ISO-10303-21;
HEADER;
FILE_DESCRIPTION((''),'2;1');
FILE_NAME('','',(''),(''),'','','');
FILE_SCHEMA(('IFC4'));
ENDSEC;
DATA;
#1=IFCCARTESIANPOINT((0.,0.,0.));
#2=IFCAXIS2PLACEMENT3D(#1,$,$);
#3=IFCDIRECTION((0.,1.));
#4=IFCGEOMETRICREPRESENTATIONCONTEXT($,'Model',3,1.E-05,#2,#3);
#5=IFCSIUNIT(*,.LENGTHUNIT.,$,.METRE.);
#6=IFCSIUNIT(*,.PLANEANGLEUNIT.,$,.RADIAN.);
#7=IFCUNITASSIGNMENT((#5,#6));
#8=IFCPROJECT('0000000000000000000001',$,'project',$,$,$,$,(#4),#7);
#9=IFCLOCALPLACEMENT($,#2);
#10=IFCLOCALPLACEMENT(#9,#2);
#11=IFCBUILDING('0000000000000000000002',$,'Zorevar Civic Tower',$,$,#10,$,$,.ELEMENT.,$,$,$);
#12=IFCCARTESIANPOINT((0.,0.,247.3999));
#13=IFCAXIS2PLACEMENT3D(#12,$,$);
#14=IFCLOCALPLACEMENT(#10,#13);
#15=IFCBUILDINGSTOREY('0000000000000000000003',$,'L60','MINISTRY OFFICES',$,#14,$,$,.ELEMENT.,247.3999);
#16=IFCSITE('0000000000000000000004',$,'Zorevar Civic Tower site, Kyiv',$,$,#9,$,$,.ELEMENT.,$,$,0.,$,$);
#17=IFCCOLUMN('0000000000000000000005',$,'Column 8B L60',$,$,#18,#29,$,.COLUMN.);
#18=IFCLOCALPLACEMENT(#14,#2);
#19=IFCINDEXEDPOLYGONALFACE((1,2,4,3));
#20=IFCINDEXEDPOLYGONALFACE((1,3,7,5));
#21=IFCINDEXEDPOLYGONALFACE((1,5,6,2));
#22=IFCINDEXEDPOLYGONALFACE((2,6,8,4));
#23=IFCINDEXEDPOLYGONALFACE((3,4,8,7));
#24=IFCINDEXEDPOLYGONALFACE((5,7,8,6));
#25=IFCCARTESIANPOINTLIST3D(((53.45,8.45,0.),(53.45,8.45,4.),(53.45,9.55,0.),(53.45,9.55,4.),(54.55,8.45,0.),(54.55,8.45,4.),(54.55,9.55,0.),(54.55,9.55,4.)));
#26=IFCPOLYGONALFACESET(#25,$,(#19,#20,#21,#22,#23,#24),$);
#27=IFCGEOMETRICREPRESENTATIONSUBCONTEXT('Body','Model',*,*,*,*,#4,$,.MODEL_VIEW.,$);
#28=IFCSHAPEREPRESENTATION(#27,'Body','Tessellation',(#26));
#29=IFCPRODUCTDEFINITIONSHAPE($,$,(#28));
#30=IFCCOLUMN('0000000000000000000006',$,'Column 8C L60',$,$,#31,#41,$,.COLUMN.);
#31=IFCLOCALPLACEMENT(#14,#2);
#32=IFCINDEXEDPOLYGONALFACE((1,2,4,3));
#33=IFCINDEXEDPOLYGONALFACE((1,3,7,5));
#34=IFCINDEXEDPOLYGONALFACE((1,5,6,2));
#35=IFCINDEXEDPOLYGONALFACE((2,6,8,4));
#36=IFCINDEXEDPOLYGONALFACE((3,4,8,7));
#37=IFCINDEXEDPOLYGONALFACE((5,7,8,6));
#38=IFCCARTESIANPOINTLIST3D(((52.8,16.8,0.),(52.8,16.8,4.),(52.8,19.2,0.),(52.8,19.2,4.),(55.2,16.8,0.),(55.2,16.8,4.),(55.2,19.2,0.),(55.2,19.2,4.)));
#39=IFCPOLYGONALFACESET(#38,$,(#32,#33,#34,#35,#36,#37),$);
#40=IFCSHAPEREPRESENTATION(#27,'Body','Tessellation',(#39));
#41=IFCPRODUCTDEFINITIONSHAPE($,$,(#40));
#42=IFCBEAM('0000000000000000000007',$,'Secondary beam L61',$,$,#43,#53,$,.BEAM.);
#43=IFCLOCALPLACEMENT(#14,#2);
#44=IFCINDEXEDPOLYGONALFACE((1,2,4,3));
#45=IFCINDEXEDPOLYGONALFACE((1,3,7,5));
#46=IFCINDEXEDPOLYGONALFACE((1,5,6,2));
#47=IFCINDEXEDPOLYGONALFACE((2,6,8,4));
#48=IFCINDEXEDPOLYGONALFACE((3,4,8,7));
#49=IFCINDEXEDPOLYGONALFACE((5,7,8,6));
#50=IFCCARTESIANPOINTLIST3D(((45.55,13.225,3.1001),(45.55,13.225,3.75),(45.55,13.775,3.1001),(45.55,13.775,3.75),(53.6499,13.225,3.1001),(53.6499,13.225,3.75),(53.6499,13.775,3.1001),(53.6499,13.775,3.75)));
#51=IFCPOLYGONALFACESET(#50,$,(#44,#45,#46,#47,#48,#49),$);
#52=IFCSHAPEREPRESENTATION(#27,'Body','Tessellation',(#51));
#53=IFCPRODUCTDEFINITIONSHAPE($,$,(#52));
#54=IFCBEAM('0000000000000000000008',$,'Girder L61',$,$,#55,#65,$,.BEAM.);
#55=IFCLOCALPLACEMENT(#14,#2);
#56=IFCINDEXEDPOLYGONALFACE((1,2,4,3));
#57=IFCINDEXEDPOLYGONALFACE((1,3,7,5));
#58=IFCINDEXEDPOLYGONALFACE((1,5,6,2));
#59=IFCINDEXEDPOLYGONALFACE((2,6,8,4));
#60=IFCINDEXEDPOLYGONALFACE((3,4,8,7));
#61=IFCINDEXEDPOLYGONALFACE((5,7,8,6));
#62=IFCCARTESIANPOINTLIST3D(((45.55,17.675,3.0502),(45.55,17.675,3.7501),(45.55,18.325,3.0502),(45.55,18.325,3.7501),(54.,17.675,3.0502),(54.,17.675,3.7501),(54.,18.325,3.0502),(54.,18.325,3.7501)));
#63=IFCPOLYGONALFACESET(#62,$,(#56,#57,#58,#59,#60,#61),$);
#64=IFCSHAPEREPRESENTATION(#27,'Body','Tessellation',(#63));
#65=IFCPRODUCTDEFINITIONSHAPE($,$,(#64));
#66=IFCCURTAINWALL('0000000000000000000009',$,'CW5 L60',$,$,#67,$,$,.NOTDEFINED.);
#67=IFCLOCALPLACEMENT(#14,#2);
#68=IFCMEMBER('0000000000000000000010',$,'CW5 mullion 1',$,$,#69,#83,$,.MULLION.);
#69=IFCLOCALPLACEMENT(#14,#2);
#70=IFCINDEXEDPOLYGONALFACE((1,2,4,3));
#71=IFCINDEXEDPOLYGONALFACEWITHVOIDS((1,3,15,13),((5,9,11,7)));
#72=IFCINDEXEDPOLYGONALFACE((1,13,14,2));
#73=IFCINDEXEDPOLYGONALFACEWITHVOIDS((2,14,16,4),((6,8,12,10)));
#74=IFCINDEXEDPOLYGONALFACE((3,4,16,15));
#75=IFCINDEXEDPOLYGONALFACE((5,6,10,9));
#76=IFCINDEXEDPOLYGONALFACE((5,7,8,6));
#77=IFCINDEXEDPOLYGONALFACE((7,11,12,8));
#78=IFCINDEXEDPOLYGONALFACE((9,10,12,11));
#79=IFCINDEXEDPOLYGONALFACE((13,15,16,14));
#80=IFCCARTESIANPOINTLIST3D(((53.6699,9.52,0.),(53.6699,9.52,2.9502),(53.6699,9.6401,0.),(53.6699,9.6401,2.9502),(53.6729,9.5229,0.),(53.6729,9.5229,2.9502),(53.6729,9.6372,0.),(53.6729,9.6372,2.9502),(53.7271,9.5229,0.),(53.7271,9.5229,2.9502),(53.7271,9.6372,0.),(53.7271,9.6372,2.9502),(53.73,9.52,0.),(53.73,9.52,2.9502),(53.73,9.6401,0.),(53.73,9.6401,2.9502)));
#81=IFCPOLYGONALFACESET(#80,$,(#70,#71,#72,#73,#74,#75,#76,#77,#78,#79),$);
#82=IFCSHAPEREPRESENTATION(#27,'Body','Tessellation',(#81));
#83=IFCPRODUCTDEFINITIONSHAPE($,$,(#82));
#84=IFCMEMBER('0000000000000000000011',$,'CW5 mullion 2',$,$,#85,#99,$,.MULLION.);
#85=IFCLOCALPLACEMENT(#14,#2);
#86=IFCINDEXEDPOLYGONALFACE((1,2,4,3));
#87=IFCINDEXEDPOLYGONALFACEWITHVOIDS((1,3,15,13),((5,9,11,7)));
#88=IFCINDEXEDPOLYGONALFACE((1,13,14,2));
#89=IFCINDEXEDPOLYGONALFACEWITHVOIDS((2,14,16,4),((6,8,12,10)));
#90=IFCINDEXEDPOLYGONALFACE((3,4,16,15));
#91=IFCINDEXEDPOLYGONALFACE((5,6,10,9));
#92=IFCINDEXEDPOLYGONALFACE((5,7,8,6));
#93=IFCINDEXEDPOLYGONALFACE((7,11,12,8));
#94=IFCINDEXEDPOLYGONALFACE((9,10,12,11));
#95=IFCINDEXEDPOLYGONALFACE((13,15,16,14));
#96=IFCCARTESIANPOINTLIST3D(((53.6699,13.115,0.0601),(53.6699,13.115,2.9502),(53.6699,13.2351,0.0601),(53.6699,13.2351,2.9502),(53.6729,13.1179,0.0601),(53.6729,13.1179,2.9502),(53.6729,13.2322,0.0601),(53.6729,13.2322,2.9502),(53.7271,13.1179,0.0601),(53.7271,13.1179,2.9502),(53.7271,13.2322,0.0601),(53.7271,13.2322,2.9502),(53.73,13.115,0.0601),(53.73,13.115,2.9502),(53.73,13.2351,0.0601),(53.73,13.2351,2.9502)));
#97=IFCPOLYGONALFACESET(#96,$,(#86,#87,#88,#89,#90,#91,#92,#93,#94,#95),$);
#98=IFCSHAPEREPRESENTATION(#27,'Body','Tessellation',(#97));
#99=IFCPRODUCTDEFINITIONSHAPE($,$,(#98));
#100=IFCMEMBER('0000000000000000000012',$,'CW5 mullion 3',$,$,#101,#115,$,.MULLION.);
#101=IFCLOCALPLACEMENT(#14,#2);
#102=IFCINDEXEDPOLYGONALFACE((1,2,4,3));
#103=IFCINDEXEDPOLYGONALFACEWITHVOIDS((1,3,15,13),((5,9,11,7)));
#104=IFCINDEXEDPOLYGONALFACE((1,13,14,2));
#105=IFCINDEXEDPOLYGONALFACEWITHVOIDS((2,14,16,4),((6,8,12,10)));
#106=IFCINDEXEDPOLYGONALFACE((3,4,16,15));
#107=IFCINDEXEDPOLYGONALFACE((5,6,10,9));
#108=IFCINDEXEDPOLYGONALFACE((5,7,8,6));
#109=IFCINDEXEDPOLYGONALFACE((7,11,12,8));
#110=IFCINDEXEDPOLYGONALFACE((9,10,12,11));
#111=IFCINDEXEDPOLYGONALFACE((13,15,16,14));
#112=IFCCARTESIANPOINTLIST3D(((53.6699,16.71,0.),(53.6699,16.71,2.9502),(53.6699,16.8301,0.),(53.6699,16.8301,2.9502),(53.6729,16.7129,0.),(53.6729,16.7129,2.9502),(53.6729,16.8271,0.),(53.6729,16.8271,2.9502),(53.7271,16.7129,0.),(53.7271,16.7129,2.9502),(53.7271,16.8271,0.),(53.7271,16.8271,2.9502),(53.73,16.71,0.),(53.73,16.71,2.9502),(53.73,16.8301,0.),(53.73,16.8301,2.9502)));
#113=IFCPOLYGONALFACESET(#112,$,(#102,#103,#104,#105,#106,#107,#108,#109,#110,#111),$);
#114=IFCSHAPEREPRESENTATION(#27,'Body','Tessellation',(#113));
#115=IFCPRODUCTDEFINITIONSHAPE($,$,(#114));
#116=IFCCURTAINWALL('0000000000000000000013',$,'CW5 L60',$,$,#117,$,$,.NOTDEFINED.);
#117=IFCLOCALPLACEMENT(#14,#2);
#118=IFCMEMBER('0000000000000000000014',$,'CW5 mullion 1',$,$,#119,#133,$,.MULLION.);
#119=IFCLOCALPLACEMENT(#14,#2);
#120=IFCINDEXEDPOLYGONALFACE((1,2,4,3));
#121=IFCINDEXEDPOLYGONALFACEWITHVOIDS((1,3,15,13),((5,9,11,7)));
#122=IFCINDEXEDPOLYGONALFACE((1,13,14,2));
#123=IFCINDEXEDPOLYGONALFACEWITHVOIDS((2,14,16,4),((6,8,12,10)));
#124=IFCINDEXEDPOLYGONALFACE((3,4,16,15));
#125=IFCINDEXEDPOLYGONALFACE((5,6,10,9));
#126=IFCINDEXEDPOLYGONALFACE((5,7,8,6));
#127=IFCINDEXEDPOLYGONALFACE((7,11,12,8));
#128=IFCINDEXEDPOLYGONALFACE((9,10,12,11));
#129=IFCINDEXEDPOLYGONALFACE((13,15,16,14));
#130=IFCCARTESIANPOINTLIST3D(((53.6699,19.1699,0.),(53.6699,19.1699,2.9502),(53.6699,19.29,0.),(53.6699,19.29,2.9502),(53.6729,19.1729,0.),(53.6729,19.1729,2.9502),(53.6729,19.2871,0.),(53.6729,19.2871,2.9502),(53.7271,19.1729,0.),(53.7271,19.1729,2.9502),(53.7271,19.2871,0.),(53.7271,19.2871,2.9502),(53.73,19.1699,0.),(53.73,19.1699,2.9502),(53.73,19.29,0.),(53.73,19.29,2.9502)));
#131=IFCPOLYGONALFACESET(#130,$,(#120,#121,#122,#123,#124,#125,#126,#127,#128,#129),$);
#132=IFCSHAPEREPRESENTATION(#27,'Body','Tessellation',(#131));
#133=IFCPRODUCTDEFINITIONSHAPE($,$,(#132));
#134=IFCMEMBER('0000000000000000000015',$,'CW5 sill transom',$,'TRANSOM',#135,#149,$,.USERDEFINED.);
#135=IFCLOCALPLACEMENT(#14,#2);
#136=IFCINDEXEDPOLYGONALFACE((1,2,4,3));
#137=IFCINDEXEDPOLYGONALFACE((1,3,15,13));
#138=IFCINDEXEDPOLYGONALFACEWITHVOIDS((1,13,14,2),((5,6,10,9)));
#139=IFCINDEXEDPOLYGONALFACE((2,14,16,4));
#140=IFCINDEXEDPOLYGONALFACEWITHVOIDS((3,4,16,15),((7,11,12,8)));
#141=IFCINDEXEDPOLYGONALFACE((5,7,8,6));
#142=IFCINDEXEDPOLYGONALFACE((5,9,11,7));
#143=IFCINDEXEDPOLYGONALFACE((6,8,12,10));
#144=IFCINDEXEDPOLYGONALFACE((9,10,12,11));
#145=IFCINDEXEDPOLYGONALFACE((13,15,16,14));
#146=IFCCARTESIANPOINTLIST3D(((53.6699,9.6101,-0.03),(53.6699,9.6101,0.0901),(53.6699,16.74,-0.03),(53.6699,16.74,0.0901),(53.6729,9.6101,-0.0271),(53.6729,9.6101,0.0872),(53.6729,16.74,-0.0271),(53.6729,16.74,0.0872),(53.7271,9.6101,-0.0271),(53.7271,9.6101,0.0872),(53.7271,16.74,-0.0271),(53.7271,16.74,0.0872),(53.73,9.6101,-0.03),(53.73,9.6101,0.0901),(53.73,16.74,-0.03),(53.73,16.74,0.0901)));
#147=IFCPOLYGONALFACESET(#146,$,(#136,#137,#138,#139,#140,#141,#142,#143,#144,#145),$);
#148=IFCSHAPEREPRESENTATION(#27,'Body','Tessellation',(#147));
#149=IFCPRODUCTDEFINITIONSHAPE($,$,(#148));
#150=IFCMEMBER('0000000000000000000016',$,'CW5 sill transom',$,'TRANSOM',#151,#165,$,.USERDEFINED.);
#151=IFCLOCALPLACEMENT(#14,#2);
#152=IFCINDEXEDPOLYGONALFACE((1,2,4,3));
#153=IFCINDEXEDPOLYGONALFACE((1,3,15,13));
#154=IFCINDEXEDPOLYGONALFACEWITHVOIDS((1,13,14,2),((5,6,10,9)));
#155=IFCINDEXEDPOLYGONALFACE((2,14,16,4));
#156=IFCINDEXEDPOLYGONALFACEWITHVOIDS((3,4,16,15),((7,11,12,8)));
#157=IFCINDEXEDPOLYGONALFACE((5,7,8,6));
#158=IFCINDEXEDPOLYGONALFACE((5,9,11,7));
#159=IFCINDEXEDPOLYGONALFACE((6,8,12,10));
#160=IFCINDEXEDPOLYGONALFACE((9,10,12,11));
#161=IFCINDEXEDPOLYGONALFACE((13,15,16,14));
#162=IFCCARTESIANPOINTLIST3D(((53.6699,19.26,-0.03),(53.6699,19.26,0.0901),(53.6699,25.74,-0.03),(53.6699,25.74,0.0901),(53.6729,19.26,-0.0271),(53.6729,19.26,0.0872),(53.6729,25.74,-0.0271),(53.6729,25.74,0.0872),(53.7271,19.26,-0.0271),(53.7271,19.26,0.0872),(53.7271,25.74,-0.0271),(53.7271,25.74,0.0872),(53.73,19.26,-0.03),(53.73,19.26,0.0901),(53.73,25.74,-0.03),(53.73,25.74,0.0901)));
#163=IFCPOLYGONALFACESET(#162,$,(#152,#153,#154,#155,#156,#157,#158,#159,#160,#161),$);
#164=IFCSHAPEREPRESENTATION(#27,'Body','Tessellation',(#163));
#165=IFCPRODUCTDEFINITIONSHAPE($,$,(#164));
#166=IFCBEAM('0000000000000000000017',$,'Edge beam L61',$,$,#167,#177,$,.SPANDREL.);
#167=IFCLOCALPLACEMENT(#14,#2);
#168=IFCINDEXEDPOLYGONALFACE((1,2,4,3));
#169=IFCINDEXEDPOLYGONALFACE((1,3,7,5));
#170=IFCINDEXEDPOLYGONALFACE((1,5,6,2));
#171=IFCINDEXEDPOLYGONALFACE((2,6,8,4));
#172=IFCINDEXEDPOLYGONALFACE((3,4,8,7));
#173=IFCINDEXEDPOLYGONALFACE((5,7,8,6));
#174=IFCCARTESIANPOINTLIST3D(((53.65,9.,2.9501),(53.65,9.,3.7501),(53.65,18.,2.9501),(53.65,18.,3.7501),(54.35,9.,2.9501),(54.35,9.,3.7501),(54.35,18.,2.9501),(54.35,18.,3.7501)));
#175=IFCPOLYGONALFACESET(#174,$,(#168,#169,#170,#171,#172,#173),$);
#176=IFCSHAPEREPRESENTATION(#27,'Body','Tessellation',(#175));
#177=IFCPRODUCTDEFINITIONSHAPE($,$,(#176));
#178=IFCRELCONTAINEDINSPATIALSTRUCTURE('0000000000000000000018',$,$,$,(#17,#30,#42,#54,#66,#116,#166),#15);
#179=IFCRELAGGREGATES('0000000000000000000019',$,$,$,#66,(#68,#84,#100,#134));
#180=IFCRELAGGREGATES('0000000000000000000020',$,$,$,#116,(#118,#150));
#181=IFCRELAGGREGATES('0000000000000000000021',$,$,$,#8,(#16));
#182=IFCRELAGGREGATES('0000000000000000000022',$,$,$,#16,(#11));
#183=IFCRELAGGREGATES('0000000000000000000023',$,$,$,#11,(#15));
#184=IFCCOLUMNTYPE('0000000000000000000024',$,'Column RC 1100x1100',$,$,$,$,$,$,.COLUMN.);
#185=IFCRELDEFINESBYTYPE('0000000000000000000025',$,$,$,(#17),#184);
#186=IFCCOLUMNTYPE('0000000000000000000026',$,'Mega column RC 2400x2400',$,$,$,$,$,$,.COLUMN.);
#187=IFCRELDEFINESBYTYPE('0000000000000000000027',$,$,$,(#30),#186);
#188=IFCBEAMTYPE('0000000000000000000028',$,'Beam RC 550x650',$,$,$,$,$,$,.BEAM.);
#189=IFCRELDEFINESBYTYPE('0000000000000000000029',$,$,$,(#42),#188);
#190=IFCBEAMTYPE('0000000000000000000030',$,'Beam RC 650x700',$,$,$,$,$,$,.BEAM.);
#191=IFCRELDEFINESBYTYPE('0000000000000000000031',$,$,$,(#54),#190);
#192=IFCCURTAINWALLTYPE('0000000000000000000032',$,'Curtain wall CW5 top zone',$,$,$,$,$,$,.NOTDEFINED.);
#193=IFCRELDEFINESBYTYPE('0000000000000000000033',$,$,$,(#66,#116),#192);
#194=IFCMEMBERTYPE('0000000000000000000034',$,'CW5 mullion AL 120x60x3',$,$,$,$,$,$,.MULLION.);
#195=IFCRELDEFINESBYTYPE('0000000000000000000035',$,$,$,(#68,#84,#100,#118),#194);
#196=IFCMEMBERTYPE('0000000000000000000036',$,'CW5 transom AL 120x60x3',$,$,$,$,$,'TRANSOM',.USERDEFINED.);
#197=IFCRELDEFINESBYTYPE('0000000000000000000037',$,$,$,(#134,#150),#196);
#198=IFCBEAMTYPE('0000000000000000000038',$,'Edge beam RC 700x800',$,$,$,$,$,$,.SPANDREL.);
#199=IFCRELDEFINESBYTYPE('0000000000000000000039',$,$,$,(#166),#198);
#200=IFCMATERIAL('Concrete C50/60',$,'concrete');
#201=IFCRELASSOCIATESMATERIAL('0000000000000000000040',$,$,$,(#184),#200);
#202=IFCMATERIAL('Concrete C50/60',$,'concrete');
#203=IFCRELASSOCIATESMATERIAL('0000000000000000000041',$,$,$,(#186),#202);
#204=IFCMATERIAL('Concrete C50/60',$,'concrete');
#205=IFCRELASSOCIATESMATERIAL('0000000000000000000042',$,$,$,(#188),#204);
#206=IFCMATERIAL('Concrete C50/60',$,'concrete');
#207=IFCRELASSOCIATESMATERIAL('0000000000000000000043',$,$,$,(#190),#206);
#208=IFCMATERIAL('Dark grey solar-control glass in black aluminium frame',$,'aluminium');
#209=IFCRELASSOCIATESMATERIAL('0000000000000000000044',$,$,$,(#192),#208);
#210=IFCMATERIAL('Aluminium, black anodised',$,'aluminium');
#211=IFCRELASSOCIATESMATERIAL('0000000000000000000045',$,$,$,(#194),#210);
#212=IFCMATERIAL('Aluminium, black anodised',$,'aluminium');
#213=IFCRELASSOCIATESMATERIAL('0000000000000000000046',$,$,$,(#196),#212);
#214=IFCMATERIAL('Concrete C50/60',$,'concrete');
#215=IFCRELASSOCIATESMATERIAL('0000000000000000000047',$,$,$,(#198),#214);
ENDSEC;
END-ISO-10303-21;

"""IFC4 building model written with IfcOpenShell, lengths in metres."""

from ifc_helpers import new_model, si_unit, direction, frame, origin, origin_2d, place, context, subcontext, project, spatial, rectangle, hollow_rectangle, extrude, material, material_profile, profile_set, type_object, element, aggregate, save


model = new_model("IFC4")

# Units and contexts
model_context = context("Model", 3, precision=1e-05, world=origin(), true_north=direction((0.0, 1.0)))
body_context = subcontext(model_context, "Body", "Model", "MODEL_VIEW")
ifc_project = project(units=[si_unit("LENGTHUNIT", "METRE"), si_unit("PLANEANGLEUNIT", "RADIAN")], contexts=[model_context])

# Site, building, storey
site_placement = place(None, origin())
site = spatial("IfcSite", under=ifc_project, at=site_placement, Name="Zorevar Civic Tower site, Kyiv", CompositionType="ELEMENT", RefElevation=0.0)
building_placement = place(site_placement, origin())
building = spatial("IfcBuilding", under=site, at=building_placement, Name="Zorevar Civic Tower", CompositionType="ELEMENT")
storey_placement = place(building_placement, frame((0.0, 0.0, 247.3999)))
storey = spatial("IfcBuildingStorey", under=building, at=storey_placement, Name="L60", Description="MINISTRY OFFICES", CompositionType="ELEMENT", Elevation=247.3999)

# Columns
ifc_material_1 = material(Name="Concrete C50/60", Category="concrete")
ifc_material_profile_1 = material_profile(ifc_material_1, rectangle(XDim=1.1001, YDim=1.1001, at=origin_2d()), Name="RC 1100x1100")
ifc_profile_set_1 = profile_set([ifc_material_profile_1], Name="Concrete C50/60")
column_type_1 = type_object("IfcColumnType", Name="Column RC 1100x1100", PredefinedType="COLUMN", material=ifc_profile_set_1)
column_1_placement = place(storey_placement, frame((54.0, 9.0, 0.0), z_axis=(0.0, 0.0, 1.0), x_axis=(1.0, 0.0, 0.0)))
element("IfcColumn", 1, at=column_1_placement, inside=storey, type_object=column_type_1, Name="Column 8B L60", PredefinedType="COLUMN", context=body_context, shape_type="SweptSolid", body=[
    extrude(rectangle(XDim=1.1001, YDim=1.1001, at=origin_2d()), origin(), (0.0, 0.0, 1.0), 4.0),
])
ifc_material_2 = material(Name="Concrete C50/60", Category="concrete")
ifc_material_profile_2 = material_profile(ifc_material_2, rectangle(XDim=2.3999, YDim=2.3999, at=origin_2d()), Name="RC 2400x2400")
ifc_profile_set_2 = profile_set([ifc_material_profile_2], Name="Concrete C50/60")
column_type_2 = type_object("IfcColumnType", Name="Mega column RC 2400x2400", PredefinedType="COLUMN", material=ifc_profile_set_2)
column_2_placement = place(storey_placement, frame((54.0, 18.0, 0.0), z_axis=(0.0, 0.0, 1.0), x_axis=(1.0, 0.0, 0.0)))
element("IfcColumn", 2, at=column_2_placement, inside=storey, type_object=column_type_2, Name="Column 8C L60", PredefinedType="COLUMN", context=body_context, shape_type="SweptSolid", body=[
    extrude(rectangle(XDim=2.3999, YDim=2.3999, at=origin_2d()), origin(), (0.0, 0.0, 1.0), 4.0),
])

# Beams
ifc_material_3 = material(Name="Concrete C50/60", Category="concrete")
ifc_material_profile_3 = material_profile(ifc_material_3, rectangle(XDim=0.55, YDim=0.6499, at=origin_2d()), Name="RC 550x650")
ifc_profile_set_3 = profile_set([ifc_material_profile_3], Name="Concrete C50/60")
beam_type_1 = type_object("IfcBeamType", Name="Beam RC 550x650", PredefinedType="BEAM", material=ifc_profile_set_3)
beam_1_placement = place(storey_placement, frame((45.55, 13.5, 3.425), z_axis=(1.0, 0.0, 0.0), x_axis=(0.0, 1.0, 0.0)))
element("IfcBeam", 3, at=beam_1_placement, inside=storey, type_object=beam_type_1, Name="Secondary beam L61", PredefinedType="BEAM", context=body_context, shape_type="SweptSolid", body=[
    extrude(rectangle(XDim=0.55, YDim=0.6499, at=origin_2d()), origin(), (0.0, 0.0, 1.0), 8.0999),
])
ifc_material_4 = material(Name="Concrete C50/60", Category="concrete")
ifc_material_profile_4 = material_profile(ifc_material_4, rectangle(XDim=0.6499, YDim=0.7, at=origin_2d()), Name="RC 650x700")
ifc_profile_set_4 = profile_set([ifc_material_profile_4], Name="Concrete C50/60")
beam_type_2 = type_object("IfcBeamType", Name="Beam RC 650x700", PredefinedType="BEAM", material=ifc_profile_set_4)
beam_2_placement = place(storey_placement, frame((45.55, 18.0, 3.4001), z_axis=(1.0, 0.0, 0.0), x_axis=(0.0, 1.0, 0.0)))
element("IfcBeam", 4, at=beam_2_placement, inside=storey, type_object=beam_type_2, Name="Girder L61", PredefinedType="BEAM", context=body_context, shape_type="SweptSolid", body=[
    extrude(rectangle(XDim=0.6499, YDim=0.7, at=origin_2d()), origin(), (0.0, 0.0, 1.0), 8.45),
])

# Curtain wall, members
ifc_material_5 = material(Name="Dark grey solar-control glass in black aluminium frame", Category="aluminium")
curtain_wall_type = type_object("IfcCurtainWallType", Name="Curtain wall CW5 top zone", PredefinedType="NOTDEFINED", material=ifc_material_5)
curtain_wall_1_placement = place(storey_placement, origin())
curtain_wall_1 = element("IfcCurtainWall", 5, at=curtain_wall_1_placement, inside=storey, type_object=curtain_wall_type, Name="CW5 L60", PredefinedType="NOTDEFINED")
ifc_material_6 = material(Name="Aluminium, black anodised", Category="aluminium")
ifc_material_profile_5 = material_profile(ifc_material_6, hollow_rectangle(XDim=0.0601, YDim=0.1201, WallThickness=0.0029, at=origin_2d()), Name="AL 120x60x3")
ifc_profile_set_5 = profile_set([ifc_material_profile_5], Name="Aluminium, black anodised")
member_type_1 = type_object("IfcMemberType", Name="CW5 mullion AL 120x60x3", PredefinedType="MULLION", material=ifc_profile_set_5)
member_1_placement = place(storey_placement, frame((53.7, 9.5801, 0.0), z_axis=(0.0, 0.0, 1.0), x_axis=(-1.0, 0.0, 0.0)))
member_1 = element("IfcMember", 6, at=member_1_placement, type_object=member_type_1, Name="CW5 mullion 1", PredefinedType="MULLION", context=body_context, shape_type="SweptSolid", body=[
    extrude(hollow_rectangle(XDim=0.0601, YDim=0.1201, WallThickness=0.0029, at=origin_2d()), origin(), (0.0, 0.0, 1.0), 2.9502),
])
member_2_placement = place(storey_placement, frame((53.7, 13.175, 0.0601), z_axis=(0.0, 0.0, 1.0), x_axis=(-1.0, 0.0, 0.0)))
member_2 = element("IfcMember", 7, at=member_2_placement, type_object=member_type_1, Name="CW5 mullion 2", PredefinedType="MULLION", context=body_context, shape_type="SweptSolid", body=[
    extrude(hollow_rectangle(XDim=0.0601, YDim=0.1201, WallThickness=0.0029, at=origin_2d()), origin(), (0.0, 0.0, 1.0), 2.8901),
])
member_3_placement = place(storey_placement, frame((53.7, 16.77, 0.0), z_axis=(0.0, 0.0, 1.0), x_axis=(-1.0, 0.0, 0.0)))
member_3 = element("IfcMember", 8, at=member_3_placement, type_object=member_type_1, Name="CW5 mullion 3", PredefinedType="MULLION", context=body_context, shape_type="SweptSolid", body=[
    extrude(hollow_rectangle(XDim=0.0601, YDim=0.1201, WallThickness=0.0029, at=origin_2d()), origin(), (0.0, 0.0, 1.0), 2.9502),
])

# Curtain wall, member
curtain_wall_2_placement = place(storey_placement, origin())
curtain_wall_2 = element("IfcCurtainWall", 9, at=curtain_wall_2_placement, inside=storey, type_object=curtain_wall_type, Name="CW5 L60", PredefinedType="NOTDEFINED")
member_4_placement = place(storey_placement, frame((53.7, 19.23, 0.0), z_axis=(0.0, 0.0, 1.0), x_axis=(-1.0, 0.0, 0.0)))
member_4 = element("IfcMember", 10, at=member_4_placement, type_object=member_type_1, Name="CW5 mullion 1", PredefinedType="MULLION", context=body_context, shape_type="SweptSolid", body=[
    extrude(hollow_rectangle(XDim=0.0601, YDim=0.1201, WallThickness=0.0029, at=origin_2d()), origin(), (0.0, 0.0, 1.0), 2.9502),
])

# Members
ifc_material_7 = material(Name="Aluminium, black anodised", Category="aluminium")
ifc_material_profile_6 = material_profile(ifc_material_7, hollow_rectangle(XDim=0.0601, YDim=0.1201, WallThickness=0.0029, at=origin_2d()), Name="AL 120x60x3")
ifc_profile_set_6 = profile_set([ifc_material_profile_6], Name="Aluminium, black anodised")
member_type_2 = type_object("IfcMemberType", Name="CW5 transom AL 120x60x3", ElementType="TRANSOM", PredefinedType="USERDEFINED", material=ifc_profile_set_6)
member_5_placement = place(storey_placement, frame((53.7, 9.6101, 0.03), z_axis=(0.0, 1.0, 0.0), x_axis=(-1.0, 0.0, 0.0)))
member_5 = element("IfcMember", 11, at=member_5_placement, type_object=member_type_2, Name="CW5 sill transom", ObjectType="TRANSOM", PredefinedType="USERDEFINED", context=body_context, shape_type="SweptSolid", body=[
    extrude(hollow_rectangle(XDim=0.0601, YDim=0.1201, WallThickness=0.0029, at=origin_2d()), origin(), (0.0, 0.0, 1.0), 7.1299),
])
member_6_placement = place(storey_placement, frame((53.7, 19.26, 0.03), z_axis=(0.0, 1.0, 0.0), x_axis=(-1.0, 0.0, 0.0)))
member_6 = element("IfcMember", 12, at=member_6_placement, type_object=member_type_2, Name="CW5 sill transom", ObjectType="TRANSOM", PredefinedType="USERDEFINED", context=body_context, shape_type="SweptSolid", body=[
    extrude(hollow_rectangle(XDim=0.0601, YDim=0.1201, WallThickness=0.0029, at=origin_2d()), origin(), (0.0, 0.0, 1.0), 6.48),
])

# Beam
ifc_material_8 = material(Name="Concrete C50/60", Category="concrete")
ifc_material_profile_7 = material_profile(ifc_material_8, rectangle(XDim=0.7, YDim=0.8, at=origin_2d()), Name="RC 700x800")
ifc_profile_set_7 = profile_set([ifc_material_profile_7], Name="Concrete C50/60")
beam_type_3 = type_object("IfcBeamType", Name="Edge beam RC 700x800", PredefinedType="SPANDREL", material=ifc_profile_set_7)
for number, where, z_axis, x_axis, name in (
    (13, (54.0, 9.0, 3.3501), (0.0, 1.0, 0.0), (-1.0, 0.0, 0.0), "Edge beam L61"),
):
    element("IfcBeam", number, at=place(storey_placement, frame(where, z_axis=z_axis, x_axis=x_axis)), inside=storey, type_object=beam_type_3, Name=name, PredefinedType="SPANDREL", context=body_context, shape_type="SweptSolid", body=[
        extrude(rectangle(XDim=0.7, YDim=0.8, at=origin_2d()), origin(), (0.0, 0.0, 1.0), 9.0),
    ])

aggregate(curtain_wall_1, [member_1, member_2, member_3, member_5])
aggregate(curtain_wall_2, [member_4, member_6])

save(model, "model.ifc")
